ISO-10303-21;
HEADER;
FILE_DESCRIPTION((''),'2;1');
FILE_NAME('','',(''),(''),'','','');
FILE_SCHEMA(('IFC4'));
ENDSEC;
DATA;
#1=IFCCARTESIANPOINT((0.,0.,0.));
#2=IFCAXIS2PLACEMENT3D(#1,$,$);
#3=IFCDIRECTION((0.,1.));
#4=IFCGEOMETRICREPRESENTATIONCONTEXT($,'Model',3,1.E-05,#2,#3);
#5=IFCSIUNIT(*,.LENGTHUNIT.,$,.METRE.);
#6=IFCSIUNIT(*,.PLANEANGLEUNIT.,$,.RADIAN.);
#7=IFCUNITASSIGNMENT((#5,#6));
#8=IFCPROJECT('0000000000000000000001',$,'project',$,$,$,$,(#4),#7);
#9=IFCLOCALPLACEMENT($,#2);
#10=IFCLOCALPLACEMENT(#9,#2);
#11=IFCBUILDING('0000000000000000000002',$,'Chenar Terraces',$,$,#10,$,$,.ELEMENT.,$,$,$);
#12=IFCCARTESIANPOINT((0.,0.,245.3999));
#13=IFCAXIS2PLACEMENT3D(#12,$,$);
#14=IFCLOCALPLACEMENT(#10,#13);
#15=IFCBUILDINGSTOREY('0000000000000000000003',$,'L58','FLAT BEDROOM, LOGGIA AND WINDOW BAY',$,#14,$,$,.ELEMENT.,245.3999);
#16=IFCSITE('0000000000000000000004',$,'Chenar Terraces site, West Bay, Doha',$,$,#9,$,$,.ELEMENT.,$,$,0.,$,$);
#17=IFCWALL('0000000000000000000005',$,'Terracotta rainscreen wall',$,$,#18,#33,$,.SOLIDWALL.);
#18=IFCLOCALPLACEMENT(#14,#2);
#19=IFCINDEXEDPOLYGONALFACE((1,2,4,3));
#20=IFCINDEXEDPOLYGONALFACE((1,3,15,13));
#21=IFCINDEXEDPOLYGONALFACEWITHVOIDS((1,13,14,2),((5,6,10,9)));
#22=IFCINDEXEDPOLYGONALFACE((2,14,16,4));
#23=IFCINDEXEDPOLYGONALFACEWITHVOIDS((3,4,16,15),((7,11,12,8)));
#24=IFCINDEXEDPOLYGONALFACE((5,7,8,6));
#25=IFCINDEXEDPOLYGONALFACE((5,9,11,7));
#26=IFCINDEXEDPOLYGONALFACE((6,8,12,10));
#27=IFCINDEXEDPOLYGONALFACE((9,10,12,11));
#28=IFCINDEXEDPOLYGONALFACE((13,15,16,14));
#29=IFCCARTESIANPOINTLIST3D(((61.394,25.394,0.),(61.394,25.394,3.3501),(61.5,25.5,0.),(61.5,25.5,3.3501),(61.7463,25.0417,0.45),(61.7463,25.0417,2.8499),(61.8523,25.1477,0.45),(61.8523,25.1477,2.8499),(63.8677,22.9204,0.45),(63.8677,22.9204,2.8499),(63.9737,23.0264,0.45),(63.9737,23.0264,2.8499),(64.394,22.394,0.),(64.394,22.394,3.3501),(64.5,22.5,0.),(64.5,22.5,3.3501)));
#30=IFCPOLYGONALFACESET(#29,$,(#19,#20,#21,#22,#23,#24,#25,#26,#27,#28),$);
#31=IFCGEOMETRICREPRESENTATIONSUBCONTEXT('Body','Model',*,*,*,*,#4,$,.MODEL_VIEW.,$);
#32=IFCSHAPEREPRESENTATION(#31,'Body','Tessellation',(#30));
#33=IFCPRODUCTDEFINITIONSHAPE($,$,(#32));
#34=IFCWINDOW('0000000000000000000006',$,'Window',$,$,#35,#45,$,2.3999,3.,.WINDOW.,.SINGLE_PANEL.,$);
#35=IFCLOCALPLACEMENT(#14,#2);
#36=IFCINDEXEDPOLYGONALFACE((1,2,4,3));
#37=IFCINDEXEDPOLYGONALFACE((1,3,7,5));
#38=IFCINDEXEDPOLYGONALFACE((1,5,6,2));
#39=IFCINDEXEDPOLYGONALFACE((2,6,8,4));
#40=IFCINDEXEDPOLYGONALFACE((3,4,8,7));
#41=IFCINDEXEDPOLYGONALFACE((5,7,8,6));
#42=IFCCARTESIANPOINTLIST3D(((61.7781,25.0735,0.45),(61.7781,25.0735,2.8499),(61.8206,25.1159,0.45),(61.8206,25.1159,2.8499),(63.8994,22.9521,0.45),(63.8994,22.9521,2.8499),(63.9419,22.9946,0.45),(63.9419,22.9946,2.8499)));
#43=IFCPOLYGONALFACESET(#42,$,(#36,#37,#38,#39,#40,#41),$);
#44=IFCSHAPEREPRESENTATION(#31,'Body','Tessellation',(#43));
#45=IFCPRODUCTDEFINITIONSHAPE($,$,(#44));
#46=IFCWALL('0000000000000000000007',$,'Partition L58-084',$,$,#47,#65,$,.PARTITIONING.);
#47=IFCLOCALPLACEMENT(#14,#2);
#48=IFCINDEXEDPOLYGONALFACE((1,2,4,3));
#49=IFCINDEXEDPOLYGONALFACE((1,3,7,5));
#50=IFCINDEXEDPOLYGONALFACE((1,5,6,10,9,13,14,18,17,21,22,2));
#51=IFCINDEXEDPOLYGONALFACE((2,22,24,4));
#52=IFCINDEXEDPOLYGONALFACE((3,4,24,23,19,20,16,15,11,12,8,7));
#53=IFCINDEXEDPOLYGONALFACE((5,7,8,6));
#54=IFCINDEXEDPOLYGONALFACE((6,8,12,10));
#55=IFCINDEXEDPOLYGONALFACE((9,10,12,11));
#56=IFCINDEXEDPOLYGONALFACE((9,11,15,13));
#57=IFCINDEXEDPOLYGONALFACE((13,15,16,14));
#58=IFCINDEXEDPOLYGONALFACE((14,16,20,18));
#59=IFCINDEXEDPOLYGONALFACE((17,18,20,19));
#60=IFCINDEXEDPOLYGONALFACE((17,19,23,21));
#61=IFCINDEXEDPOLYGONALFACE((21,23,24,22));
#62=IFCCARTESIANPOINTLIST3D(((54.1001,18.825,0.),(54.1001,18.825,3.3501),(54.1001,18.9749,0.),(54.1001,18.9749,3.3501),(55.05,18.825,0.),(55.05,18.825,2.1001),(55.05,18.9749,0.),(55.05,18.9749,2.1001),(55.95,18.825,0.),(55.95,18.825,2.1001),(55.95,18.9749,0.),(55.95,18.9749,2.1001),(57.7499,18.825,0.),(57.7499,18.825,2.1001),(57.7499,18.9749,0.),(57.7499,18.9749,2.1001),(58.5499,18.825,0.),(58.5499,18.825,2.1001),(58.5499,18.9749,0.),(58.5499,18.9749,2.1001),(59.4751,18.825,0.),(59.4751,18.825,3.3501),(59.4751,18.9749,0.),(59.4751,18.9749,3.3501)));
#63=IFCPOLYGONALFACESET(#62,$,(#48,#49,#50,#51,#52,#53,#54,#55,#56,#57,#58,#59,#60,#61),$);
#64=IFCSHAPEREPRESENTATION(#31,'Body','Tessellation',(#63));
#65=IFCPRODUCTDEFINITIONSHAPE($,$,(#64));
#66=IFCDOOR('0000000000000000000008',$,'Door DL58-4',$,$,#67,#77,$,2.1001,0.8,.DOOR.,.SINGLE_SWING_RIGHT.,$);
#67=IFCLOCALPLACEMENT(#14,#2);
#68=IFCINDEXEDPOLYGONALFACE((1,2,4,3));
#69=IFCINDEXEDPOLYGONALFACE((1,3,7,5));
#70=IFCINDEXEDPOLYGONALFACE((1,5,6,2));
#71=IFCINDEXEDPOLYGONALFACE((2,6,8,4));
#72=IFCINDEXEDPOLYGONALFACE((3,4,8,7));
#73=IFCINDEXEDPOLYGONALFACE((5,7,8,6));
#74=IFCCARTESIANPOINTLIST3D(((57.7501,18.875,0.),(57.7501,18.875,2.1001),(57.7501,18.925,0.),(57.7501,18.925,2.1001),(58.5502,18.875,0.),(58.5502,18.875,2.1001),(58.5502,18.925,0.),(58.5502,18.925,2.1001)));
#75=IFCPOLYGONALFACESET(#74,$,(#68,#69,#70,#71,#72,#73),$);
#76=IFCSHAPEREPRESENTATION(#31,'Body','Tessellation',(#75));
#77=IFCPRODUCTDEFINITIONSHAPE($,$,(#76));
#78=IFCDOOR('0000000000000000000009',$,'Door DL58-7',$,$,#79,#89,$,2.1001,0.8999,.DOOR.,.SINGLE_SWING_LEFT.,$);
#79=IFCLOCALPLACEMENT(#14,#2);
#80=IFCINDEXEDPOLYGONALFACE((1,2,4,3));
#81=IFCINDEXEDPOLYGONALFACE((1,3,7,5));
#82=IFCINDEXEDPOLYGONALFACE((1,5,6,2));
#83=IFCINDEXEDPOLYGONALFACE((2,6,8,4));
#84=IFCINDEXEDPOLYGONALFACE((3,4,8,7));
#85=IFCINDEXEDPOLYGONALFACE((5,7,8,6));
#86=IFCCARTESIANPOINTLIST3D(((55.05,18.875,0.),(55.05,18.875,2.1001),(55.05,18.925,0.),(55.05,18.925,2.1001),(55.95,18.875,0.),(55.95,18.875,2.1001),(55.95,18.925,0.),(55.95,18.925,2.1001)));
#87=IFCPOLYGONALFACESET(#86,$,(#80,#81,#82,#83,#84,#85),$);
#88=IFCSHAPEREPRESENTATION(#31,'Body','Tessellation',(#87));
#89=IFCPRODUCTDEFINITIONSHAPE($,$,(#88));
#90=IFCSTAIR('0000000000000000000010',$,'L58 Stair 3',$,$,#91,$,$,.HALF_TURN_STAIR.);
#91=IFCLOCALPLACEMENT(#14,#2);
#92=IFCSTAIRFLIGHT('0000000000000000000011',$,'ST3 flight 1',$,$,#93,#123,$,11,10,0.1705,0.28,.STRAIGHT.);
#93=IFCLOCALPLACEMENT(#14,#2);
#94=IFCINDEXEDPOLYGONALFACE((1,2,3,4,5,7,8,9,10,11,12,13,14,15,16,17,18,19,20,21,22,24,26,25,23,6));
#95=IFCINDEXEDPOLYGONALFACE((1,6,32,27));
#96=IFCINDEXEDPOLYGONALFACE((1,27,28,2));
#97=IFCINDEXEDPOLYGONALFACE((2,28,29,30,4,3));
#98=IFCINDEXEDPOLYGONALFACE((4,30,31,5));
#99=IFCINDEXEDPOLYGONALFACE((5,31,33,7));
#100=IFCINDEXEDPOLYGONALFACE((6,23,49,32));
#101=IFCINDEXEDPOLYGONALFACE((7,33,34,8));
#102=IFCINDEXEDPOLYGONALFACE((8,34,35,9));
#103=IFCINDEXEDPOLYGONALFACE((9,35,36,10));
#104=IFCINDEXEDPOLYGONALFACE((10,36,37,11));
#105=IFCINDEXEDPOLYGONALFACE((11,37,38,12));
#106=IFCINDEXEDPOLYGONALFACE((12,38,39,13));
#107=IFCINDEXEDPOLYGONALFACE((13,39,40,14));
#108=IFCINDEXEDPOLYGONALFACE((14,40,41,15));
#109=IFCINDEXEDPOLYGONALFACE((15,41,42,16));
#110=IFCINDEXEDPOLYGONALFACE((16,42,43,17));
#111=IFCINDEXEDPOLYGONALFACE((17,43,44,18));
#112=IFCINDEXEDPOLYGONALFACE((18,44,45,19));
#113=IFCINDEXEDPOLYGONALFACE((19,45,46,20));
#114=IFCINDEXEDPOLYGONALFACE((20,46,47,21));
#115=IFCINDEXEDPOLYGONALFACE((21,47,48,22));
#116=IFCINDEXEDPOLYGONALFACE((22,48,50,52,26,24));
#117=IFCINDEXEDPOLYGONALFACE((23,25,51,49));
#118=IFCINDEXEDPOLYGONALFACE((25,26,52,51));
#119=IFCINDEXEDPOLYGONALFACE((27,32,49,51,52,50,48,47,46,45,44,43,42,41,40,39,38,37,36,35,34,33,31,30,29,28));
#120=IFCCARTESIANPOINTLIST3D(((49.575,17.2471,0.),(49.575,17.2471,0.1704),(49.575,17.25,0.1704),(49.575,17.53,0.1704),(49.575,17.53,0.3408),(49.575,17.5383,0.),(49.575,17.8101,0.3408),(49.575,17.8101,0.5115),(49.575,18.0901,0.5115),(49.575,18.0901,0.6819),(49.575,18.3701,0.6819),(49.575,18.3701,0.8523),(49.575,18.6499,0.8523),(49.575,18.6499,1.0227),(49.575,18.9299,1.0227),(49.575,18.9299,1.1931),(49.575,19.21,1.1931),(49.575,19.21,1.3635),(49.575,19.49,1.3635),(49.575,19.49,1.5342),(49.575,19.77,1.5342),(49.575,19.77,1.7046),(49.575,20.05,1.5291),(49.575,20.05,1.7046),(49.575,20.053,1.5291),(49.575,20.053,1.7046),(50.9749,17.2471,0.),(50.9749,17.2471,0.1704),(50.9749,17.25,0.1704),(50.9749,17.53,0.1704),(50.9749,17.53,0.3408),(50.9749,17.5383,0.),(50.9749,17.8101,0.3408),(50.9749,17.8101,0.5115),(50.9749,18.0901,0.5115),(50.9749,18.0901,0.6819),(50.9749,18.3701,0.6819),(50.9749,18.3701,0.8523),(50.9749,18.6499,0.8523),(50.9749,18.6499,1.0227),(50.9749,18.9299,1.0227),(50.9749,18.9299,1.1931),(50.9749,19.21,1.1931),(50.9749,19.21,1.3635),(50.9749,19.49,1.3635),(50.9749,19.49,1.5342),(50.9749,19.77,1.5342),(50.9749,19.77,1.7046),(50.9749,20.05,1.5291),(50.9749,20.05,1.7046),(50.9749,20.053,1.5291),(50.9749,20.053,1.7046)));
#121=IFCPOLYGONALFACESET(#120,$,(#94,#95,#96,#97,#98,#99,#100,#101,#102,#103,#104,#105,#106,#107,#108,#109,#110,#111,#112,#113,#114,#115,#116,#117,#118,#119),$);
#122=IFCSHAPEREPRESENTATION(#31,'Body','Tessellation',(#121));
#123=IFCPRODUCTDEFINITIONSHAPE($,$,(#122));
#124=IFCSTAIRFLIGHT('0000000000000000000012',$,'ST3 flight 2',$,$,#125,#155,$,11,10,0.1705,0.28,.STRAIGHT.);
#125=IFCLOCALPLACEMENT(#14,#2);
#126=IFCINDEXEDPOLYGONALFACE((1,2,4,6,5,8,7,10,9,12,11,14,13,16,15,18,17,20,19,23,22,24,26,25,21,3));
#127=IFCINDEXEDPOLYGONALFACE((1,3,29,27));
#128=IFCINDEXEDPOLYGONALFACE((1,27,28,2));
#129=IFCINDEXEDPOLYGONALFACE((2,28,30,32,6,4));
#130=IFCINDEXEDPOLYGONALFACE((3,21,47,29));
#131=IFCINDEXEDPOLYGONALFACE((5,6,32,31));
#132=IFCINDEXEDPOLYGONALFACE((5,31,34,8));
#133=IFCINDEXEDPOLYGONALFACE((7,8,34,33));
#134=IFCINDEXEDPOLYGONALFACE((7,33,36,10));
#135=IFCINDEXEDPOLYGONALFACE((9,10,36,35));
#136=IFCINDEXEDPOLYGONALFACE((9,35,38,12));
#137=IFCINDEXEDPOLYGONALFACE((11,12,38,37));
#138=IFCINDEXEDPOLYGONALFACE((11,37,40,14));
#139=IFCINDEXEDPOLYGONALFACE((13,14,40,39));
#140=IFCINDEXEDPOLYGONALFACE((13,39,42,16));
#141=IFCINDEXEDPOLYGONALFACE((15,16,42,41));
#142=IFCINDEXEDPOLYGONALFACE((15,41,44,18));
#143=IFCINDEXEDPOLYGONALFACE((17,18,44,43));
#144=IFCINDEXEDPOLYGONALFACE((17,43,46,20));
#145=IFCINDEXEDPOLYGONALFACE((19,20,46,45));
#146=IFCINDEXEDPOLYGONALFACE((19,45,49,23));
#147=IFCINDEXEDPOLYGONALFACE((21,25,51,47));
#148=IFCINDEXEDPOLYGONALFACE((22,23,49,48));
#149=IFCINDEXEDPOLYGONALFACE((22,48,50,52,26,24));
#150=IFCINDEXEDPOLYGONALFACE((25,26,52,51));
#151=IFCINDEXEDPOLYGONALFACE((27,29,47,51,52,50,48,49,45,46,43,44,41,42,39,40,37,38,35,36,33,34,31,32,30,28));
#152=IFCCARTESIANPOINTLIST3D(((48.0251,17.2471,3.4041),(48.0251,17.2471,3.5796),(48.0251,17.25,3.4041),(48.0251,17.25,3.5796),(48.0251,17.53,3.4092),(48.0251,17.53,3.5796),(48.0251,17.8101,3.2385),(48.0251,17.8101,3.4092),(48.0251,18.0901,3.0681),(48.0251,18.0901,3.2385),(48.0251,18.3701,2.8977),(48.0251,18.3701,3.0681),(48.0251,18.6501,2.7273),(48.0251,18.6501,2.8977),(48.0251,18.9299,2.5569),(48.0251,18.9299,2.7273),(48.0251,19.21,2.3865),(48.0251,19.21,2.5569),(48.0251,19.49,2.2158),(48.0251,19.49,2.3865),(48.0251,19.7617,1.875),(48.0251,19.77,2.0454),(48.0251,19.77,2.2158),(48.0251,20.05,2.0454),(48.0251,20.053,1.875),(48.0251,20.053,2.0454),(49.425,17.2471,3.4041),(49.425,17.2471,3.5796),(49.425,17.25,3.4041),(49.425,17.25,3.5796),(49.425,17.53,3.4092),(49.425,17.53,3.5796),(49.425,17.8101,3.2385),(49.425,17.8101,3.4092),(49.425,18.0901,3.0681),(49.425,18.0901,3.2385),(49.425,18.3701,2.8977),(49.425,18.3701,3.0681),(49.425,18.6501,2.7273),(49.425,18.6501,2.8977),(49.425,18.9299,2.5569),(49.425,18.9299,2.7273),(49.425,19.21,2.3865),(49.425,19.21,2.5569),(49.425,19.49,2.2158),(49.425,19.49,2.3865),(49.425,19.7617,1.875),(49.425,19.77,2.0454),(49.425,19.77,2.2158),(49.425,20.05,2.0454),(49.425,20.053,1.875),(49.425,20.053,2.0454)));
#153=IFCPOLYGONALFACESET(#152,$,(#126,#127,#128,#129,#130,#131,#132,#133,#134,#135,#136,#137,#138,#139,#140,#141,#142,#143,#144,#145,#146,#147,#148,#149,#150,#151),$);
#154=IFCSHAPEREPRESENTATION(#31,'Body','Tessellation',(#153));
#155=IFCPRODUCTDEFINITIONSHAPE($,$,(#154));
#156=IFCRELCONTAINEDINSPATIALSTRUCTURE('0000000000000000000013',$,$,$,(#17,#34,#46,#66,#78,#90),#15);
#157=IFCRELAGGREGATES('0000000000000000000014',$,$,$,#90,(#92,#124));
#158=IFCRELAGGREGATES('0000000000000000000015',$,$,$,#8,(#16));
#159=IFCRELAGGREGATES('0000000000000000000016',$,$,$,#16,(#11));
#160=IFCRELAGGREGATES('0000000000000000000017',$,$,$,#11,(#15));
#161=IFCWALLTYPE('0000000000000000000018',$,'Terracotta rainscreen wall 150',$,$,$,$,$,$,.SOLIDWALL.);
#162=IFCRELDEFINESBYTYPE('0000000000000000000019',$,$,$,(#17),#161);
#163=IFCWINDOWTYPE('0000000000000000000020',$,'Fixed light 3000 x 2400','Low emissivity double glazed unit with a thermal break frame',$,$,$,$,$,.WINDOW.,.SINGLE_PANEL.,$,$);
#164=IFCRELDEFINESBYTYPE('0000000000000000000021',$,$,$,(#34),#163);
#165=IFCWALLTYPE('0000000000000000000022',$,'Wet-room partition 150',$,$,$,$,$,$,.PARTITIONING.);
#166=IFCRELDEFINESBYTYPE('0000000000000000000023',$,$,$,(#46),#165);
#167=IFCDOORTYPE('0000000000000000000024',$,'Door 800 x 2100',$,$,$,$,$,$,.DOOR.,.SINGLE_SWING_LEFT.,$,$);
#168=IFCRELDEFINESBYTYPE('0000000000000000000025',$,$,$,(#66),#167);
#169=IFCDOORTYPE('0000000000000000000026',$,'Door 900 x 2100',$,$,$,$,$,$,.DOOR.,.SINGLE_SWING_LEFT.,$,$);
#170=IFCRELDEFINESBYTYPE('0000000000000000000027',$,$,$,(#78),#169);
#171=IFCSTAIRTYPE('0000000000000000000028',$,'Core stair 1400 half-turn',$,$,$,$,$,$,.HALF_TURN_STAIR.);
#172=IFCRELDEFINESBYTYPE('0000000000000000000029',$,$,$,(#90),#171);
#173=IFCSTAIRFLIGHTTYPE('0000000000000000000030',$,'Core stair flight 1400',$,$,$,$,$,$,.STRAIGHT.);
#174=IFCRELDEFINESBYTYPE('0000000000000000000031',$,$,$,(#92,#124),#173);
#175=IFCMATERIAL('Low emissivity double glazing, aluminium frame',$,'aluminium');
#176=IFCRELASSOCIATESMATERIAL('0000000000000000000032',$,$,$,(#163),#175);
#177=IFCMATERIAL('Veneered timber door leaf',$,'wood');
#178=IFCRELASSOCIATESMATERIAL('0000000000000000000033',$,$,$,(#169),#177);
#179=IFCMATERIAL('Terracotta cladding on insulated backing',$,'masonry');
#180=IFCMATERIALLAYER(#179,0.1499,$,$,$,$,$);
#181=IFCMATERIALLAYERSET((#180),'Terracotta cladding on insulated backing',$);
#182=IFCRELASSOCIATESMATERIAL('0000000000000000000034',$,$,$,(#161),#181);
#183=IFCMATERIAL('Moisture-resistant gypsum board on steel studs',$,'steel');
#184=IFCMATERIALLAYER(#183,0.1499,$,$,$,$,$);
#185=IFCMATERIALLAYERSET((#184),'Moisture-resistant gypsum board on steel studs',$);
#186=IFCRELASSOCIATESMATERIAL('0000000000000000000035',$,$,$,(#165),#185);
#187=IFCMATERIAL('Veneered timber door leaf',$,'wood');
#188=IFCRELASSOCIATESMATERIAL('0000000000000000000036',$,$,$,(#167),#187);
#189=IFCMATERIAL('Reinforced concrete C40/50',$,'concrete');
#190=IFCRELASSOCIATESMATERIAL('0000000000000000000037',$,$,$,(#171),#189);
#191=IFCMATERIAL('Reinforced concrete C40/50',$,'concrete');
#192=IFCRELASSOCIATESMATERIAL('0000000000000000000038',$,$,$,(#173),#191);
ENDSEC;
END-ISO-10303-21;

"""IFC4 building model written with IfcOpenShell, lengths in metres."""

from ifc_helpers import new_model, si_unit, direction, frame, frame_2d, origin, place, context, subcontext, project, spatial, polyline, rectangle, outline, extrude, material, layer, layer_set, type_object, element, fill, aggregate, save


model = new_model("IFC4")

# Units and contexts
model_context = context("Model", 3, precision=1e-05, world=origin(), true_north=direction((0.0, 1.0)))
body_context = subcontext(model_context, "Body", "Model", "MODEL_VIEW")
ifc_project = project(units=[si_unit("LENGTHUNIT", "METRE"), si_unit("PLANEANGLEUNIT", "RADIAN")], contexts=[model_context])

# Site, building, storey
site_placement = place(None, origin())
site = spatial("IfcSite", under=ifc_project, at=site_placement, Name="Chenar Terraces site, West Bay, Doha", CompositionType="ELEMENT", RefElevation=0.0)
building_placement = place(site_placement, origin())
building = spatial("IfcBuilding", under=site, at=building_placement, Name="Chenar Terraces", CompositionType="ELEMENT")
storey_placement = place(building_placement, frame((0.0, 0.0, 245.3999)))
storey = spatial("IfcBuildingStorey", under=building, at=storey_placement, Name="L58", Description="FLAT BEDROOM, LOGGIA AND WINDOW BAY", CompositionType="ELEMENT", Elevation=245.3999)

# Shared definitions
ifc_material_1 = material(Name="Low emissivity double glazing, aluminium frame", Category="aluminium")
window_type_1 = type_object("IfcWindowType", Name="Fixed light 3000 x 2400", Description="Low emissivity double glazed unit with a thermal break frame", PartitioningType="SINGLE_PANEL", PredefinedType="WINDOW", material=ifc_material_1)

# Shared definitions
ifc_material_2 = material(Name="Veneered timber door leaf", Category="wood")
door_type_1 = type_object("IfcDoorType", Name="Door 900 x 2100", OperationType="SINGLE_SWING_LEFT", PredefinedType="DOOR", material=ifc_material_2)

# Wall, opening, window
ifc_material_3 = material(Name="Terracotta cladding on insulated backing", Category="masonry")
ifc_layer_1 = layer(ifc_material_3, 0.1499)
ifc_layer_set_1 = layer_set([ifc_layer_1], Name="Terracotta cladding on insulated backing")
wall_type_1 = type_object("IfcWallType", Name="Terracotta rainscreen wall 150", PredefinedType="SOLIDWALL", material=ifc_layer_set_1)
wall_1_placement = place(storey_placement, frame((64.447, 22.447, 0.0), z_axis=(0.0, 0.0, 1.0), x_axis=(-0.707107, 0.707107, 0.0)))
wall_1 = element("IfcWall", 1, at=wall_1_placement, inside=storey, type_object=wall_type_1, Name="Terracotta rainscreen wall", PredefinedType="SOLIDWALL", context=body_context, shape_type="SweptSolid", body=[
    extrude(rectangle(XDim=4.2427, YDim=0.1499, at=frame_2d((2.1213, 0.0))), origin(), (0.0, 0.0, 1.0), 3.3501),
])
opening_1_placement = place(wall_1_placement, frame((0.7444, 0.0, 0.45)))
opening_1 = element("IfcOpeningElement", 2, at=opening_1_placement, cuts=wall_1, PredefinedType="OPENING", context=body_context, shape_type="SweptSolid", body=[
    extrude(rectangle(XDim=3.0, YDim=2.3999, at=frame_2d((1.5, 1.2))), frame((0.0, 0.085, 0.0), z_axis=(0.0, -1.0, 0.0), x_axis=(1.0, 0.0, 0.0)), (0.0, 0.0, 1.0), 0.1699),
])
window_1_placement = place(opening_1_placement, origin())
window_1 = element("IfcWindow", 3, at=window_1_placement, inside=storey, type_object=window_type_1, Name="Window", OverallHeight=2.3999, OverallWidth=3.0, PartitioningType="SINGLE_PANEL", PredefinedType="WINDOW", context=body_context, shape_type="SweptSolid", body=[
    extrude(rectangle(XDim=3.0, YDim=2.3999, at=frame_2d((1.5, 1.2))), frame((0.0, 0.03, 0.0), z_axis=(0.0, -1.0, 0.0), x_axis=(1.0, 0.0, 0.0)), (0.0, 0.0, 1.0), 0.0601),
])
fill(opening_1, window_1)

# Wall, openings, doors
ifc_material_4 = material(Name="Moisture-resistant gypsum board on steel studs", Category="steel")
ifc_layer_2 = layer(ifc_material_4, 0.1499)
ifc_layer_set_2 = layer_set([ifc_layer_2], Name="Moisture-resistant gypsum board on steel studs")
wall_type_2 = type_object("IfcWallType", Name="Wet-room partition 150", PredefinedType="PARTITIONING", material=ifc_layer_set_2)
wall_2_placement = place(storey_placement, frame((54.1001, 18.8999, 0.0), z_axis=(0.0, 0.0, 1.0), x_axis=(1.0, 0.0, 0.0)))
wall_2 = element("IfcWall", 4, at=wall_2_placement, inside=storey, type_object=wall_type_2, Name="Partition L58-084", PredefinedType="PARTITIONING", context=body_context, shape_type="SweptSolid", body=[
    extrude(rectangle(XDim=5.375, YDim=0.1499, at=frame_2d((2.6875, 0.0))), origin(), (0.0, 0.0, 1.0), 3.3501),
])
opening_2_placement = place(wall_2_placement, frame((3.6499, 0.0, 0.0)))
opening_2 = element("IfcOpeningElement", 5, at=opening_2_placement, cuts=wall_2, PredefinedType="OPENING", context=body_context, shape_type="SweptSolid", body=[
    extrude(rectangle(XDim=0.8, YDim=2.1001, at=frame_2d((0.3999, 1.05))), frame((0.0, 0.085, 0.0), z_axis=(0.0, -1.0, 0.0), x_axis=(1.0, 0.0, 0.0)), (0.0, 0.0, 1.0), 0.1699),
])
opening_3_placement = place(wall_2_placement, frame((0.95, 0.0, 0.0)))
opening_3 = element("IfcOpeningElement", 6, at=opening_3_placement, cuts=wall_2, PredefinedType="OPENING", context=body_context, shape_type="SweptSolid", body=[
    extrude(rectangle(XDim=0.8999, YDim=2.1001, at=frame_2d((0.45, 1.05))), frame((0.0, 0.085, 0.0), z_axis=(0.0, -1.0, 0.0), x_axis=(1.0, 0.0, 0.0)), (0.0, 0.0, 1.0), 0.1699),
])
ifc_material_5 = material(Name="Veneered timber door leaf", Category="wood")
door_type_2 = type_object("IfcDoorType", Name="Door 800 x 2100", OperationType="SINGLE_SWING_LEFT", PredefinedType="DOOR", material=ifc_material_5)
door_1_placement = place(opening_2_placement, frame((0.8, 0.0, 0.0), z_axis=(0.0, 0.0, 1.0), x_axis=(-1.0, 0.0, 0.0)))
door_1 = element("IfcDoor", 7, at=door_1_placement, inside=storey, type_object=door_type_2, Name="Door DL58-4", OperationType="SINGLE_SWING_RIGHT", OverallHeight=2.1001, OverallWidth=0.8, PredefinedType="DOOR", context=body_context, shape_type="SweptSolid", body=[
    extrude(rectangle(XDim=0.8, YDim=2.1001, at=frame_2d((0.3999, 1.05))), frame((0.0, 0.0249, 0.0), z_axis=(0.0, -1.0, 0.0), x_axis=(1.0, 0.0, 0.0)), (0.0, 0.0, 1.0), 0.05),
])
fill(opening_2, door_1)
door_2_placement = place(opening_3_placement, frame((0.8999, 0.0, 0.0), z_axis=(0.0, 0.0, 1.0), x_axis=(-1.0, 0.0, 0.0)))
door_2 = element("IfcDoor", 8, at=door_2_placement, inside=storey, type_object=door_type_1, Name="Door DL58-7", OperationType="SINGLE_SWING_LEFT", OverallHeight=2.1001, OverallWidth=0.8999, PredefinedType="DOOR", context=body_context, shape_type="SweptSolid", body=[
    extrude(rectangle(XDim=0.8999, YDim=2.1001, at=frame_2d((0.45, 1.05))), frame((0.0, 0.0249, 0.0), z_axis=(0.0, -1.0, 0.0), x_axis=(1.0, 0.0, 0.0)), (0.0, 0.0, 1.0), 0.05),
])
fill(opening_3, door_2)

# Stair, stair flights
ifc_material_6 = material(Name="Reinforced concrete C40/50", Category="concrete")
stair_type = type_object("IfcStairType", Name="Core stair 1400 half-turn", PredefinedType="HALF_TURN_STAIR", material=ifc_material_6)
stair_placement = place(storey_placement, origin())
stair = element("IfcStair", 9, at=stair_placement, inside=storey, type_object=stair_type, Name="L58 Stair 3", PredefinedType="HALF_TURN_STAIR")
ifc_material_7 = material(Name="Reinforced concrete C40/50", Category="concrete")
stair_flight_type = type_object("IfcStairFlightType", Name="Core stair flight 1400", PredefinedType="STRAIGHT", material=ifc_material_7)
stair_flight_1_placement = place(storey_placement, frame((50.2749, 17.25, 0.0), z_axis=(0.0, 0.0, 1.0), x_axis=(0.0, 1.0, 0.0)))
stair_flight_1 = element("IfcStairFlight", 10, at=stair_flight_1_placement, type_object=stair_flight_type, Name="ST3 flight 1", NumberOfRisers=11, NumberOfTreads=10, PredefinedType="STRAIGHT", RiserHeight=0.1705, TreadLength=0.28, context=body_context, shape_type="SweptSolid", body=[
    extrude(outline(polyline([(-0.0029, 0.0), (-0.0029, 0.1704), (0.0, 0.1704), (0.28, 0.1704), (0.28, 0.3408), (0.5601, 0.3408), (0.5601, 0.5115), (0.8401, 0.5115), (0.8401, 0.6819), (1.1201, 0.6819), (1.1201, 0.8523), (1.3999, 0.8523), (1.3999, 1.0227), (1.6799, 1.0227), (1.6799, 1.1931), (1.96, 1.1931), (1.96, 1.3635), (2.24, 1.3635), (2.24, 1.5342), (2.52, 1.5342), (2.52, 1.7046), (2.8, 1.7046), (2.803, 1.7046), (2.803, 1.5291), (2.8, 1.5291), (0.2883, 0.0), (-0.0029, 0.0)])), frame((0.0, 0.7, 0.0), z_axis=(0.0, -1.0, 0.0), x_axis=(1.0, 0.0, 0.0)), (0.0, 0.0, 1.0), 1.3999),
])
stair_flight_2_placement = place(storey_placement, frame((48.7251, 20.05, 1.875), z_axis=(0.0, 0.0, 1.0), x_axis=(0.0, -1.0, 0.0)))
stair_flight_2 = element("IfcStairFlight", 11, at=stair_flight_2_placement, type_object=stair_flight_type, Name="ST3 flight 2", NumberOfRisers=11, NumberOfTreads=10, PredefinedType="STRAIGHT", RiserHeight=0.1705, TreadLength=0.28, context=body_context, shape_type="SweptSolid", body=[
    extrude(outline(polyline([(-0.0029, 0.0), (-0.0029, 0.1704), (0.0, 0.1704), (0.28, 0.1704), (0.28, 0.3408), (0.5601, 0.3408), (0.5601, 0.5115), (0.8401, 0.5115), (0.8401, 0.6819), (1.1201, 0.6819), (1.1201, 0.8523), (1.3999, 0.8523), (1.3999, 1.0227), (1.6799, 1.0227), (1.6799, 1.1931), (1.96, 1.1931), (1.96, 1.3635), (2.24, 1.3635), (2.24, 1.5342), (2.52, 1.5342), (2.52, 1.7046), (2.8, 1.7046), (2.803, 1.7046), (2.803, 1.5291), (2.8, 1.5291), (0.2883, 0.0), (-0.0029, 0.0)])), frame((0.0, 0.7, 0.0), z_axis=(0.0, -1.0, 0.0), x_axis=(1.0, 0.0, 0.0)), (0.0, 0.0, 1.0), 1.3999),
])
aggregate(stair, [stair_flight_1, stair_flight_2])

save(model, "model.ifc")
